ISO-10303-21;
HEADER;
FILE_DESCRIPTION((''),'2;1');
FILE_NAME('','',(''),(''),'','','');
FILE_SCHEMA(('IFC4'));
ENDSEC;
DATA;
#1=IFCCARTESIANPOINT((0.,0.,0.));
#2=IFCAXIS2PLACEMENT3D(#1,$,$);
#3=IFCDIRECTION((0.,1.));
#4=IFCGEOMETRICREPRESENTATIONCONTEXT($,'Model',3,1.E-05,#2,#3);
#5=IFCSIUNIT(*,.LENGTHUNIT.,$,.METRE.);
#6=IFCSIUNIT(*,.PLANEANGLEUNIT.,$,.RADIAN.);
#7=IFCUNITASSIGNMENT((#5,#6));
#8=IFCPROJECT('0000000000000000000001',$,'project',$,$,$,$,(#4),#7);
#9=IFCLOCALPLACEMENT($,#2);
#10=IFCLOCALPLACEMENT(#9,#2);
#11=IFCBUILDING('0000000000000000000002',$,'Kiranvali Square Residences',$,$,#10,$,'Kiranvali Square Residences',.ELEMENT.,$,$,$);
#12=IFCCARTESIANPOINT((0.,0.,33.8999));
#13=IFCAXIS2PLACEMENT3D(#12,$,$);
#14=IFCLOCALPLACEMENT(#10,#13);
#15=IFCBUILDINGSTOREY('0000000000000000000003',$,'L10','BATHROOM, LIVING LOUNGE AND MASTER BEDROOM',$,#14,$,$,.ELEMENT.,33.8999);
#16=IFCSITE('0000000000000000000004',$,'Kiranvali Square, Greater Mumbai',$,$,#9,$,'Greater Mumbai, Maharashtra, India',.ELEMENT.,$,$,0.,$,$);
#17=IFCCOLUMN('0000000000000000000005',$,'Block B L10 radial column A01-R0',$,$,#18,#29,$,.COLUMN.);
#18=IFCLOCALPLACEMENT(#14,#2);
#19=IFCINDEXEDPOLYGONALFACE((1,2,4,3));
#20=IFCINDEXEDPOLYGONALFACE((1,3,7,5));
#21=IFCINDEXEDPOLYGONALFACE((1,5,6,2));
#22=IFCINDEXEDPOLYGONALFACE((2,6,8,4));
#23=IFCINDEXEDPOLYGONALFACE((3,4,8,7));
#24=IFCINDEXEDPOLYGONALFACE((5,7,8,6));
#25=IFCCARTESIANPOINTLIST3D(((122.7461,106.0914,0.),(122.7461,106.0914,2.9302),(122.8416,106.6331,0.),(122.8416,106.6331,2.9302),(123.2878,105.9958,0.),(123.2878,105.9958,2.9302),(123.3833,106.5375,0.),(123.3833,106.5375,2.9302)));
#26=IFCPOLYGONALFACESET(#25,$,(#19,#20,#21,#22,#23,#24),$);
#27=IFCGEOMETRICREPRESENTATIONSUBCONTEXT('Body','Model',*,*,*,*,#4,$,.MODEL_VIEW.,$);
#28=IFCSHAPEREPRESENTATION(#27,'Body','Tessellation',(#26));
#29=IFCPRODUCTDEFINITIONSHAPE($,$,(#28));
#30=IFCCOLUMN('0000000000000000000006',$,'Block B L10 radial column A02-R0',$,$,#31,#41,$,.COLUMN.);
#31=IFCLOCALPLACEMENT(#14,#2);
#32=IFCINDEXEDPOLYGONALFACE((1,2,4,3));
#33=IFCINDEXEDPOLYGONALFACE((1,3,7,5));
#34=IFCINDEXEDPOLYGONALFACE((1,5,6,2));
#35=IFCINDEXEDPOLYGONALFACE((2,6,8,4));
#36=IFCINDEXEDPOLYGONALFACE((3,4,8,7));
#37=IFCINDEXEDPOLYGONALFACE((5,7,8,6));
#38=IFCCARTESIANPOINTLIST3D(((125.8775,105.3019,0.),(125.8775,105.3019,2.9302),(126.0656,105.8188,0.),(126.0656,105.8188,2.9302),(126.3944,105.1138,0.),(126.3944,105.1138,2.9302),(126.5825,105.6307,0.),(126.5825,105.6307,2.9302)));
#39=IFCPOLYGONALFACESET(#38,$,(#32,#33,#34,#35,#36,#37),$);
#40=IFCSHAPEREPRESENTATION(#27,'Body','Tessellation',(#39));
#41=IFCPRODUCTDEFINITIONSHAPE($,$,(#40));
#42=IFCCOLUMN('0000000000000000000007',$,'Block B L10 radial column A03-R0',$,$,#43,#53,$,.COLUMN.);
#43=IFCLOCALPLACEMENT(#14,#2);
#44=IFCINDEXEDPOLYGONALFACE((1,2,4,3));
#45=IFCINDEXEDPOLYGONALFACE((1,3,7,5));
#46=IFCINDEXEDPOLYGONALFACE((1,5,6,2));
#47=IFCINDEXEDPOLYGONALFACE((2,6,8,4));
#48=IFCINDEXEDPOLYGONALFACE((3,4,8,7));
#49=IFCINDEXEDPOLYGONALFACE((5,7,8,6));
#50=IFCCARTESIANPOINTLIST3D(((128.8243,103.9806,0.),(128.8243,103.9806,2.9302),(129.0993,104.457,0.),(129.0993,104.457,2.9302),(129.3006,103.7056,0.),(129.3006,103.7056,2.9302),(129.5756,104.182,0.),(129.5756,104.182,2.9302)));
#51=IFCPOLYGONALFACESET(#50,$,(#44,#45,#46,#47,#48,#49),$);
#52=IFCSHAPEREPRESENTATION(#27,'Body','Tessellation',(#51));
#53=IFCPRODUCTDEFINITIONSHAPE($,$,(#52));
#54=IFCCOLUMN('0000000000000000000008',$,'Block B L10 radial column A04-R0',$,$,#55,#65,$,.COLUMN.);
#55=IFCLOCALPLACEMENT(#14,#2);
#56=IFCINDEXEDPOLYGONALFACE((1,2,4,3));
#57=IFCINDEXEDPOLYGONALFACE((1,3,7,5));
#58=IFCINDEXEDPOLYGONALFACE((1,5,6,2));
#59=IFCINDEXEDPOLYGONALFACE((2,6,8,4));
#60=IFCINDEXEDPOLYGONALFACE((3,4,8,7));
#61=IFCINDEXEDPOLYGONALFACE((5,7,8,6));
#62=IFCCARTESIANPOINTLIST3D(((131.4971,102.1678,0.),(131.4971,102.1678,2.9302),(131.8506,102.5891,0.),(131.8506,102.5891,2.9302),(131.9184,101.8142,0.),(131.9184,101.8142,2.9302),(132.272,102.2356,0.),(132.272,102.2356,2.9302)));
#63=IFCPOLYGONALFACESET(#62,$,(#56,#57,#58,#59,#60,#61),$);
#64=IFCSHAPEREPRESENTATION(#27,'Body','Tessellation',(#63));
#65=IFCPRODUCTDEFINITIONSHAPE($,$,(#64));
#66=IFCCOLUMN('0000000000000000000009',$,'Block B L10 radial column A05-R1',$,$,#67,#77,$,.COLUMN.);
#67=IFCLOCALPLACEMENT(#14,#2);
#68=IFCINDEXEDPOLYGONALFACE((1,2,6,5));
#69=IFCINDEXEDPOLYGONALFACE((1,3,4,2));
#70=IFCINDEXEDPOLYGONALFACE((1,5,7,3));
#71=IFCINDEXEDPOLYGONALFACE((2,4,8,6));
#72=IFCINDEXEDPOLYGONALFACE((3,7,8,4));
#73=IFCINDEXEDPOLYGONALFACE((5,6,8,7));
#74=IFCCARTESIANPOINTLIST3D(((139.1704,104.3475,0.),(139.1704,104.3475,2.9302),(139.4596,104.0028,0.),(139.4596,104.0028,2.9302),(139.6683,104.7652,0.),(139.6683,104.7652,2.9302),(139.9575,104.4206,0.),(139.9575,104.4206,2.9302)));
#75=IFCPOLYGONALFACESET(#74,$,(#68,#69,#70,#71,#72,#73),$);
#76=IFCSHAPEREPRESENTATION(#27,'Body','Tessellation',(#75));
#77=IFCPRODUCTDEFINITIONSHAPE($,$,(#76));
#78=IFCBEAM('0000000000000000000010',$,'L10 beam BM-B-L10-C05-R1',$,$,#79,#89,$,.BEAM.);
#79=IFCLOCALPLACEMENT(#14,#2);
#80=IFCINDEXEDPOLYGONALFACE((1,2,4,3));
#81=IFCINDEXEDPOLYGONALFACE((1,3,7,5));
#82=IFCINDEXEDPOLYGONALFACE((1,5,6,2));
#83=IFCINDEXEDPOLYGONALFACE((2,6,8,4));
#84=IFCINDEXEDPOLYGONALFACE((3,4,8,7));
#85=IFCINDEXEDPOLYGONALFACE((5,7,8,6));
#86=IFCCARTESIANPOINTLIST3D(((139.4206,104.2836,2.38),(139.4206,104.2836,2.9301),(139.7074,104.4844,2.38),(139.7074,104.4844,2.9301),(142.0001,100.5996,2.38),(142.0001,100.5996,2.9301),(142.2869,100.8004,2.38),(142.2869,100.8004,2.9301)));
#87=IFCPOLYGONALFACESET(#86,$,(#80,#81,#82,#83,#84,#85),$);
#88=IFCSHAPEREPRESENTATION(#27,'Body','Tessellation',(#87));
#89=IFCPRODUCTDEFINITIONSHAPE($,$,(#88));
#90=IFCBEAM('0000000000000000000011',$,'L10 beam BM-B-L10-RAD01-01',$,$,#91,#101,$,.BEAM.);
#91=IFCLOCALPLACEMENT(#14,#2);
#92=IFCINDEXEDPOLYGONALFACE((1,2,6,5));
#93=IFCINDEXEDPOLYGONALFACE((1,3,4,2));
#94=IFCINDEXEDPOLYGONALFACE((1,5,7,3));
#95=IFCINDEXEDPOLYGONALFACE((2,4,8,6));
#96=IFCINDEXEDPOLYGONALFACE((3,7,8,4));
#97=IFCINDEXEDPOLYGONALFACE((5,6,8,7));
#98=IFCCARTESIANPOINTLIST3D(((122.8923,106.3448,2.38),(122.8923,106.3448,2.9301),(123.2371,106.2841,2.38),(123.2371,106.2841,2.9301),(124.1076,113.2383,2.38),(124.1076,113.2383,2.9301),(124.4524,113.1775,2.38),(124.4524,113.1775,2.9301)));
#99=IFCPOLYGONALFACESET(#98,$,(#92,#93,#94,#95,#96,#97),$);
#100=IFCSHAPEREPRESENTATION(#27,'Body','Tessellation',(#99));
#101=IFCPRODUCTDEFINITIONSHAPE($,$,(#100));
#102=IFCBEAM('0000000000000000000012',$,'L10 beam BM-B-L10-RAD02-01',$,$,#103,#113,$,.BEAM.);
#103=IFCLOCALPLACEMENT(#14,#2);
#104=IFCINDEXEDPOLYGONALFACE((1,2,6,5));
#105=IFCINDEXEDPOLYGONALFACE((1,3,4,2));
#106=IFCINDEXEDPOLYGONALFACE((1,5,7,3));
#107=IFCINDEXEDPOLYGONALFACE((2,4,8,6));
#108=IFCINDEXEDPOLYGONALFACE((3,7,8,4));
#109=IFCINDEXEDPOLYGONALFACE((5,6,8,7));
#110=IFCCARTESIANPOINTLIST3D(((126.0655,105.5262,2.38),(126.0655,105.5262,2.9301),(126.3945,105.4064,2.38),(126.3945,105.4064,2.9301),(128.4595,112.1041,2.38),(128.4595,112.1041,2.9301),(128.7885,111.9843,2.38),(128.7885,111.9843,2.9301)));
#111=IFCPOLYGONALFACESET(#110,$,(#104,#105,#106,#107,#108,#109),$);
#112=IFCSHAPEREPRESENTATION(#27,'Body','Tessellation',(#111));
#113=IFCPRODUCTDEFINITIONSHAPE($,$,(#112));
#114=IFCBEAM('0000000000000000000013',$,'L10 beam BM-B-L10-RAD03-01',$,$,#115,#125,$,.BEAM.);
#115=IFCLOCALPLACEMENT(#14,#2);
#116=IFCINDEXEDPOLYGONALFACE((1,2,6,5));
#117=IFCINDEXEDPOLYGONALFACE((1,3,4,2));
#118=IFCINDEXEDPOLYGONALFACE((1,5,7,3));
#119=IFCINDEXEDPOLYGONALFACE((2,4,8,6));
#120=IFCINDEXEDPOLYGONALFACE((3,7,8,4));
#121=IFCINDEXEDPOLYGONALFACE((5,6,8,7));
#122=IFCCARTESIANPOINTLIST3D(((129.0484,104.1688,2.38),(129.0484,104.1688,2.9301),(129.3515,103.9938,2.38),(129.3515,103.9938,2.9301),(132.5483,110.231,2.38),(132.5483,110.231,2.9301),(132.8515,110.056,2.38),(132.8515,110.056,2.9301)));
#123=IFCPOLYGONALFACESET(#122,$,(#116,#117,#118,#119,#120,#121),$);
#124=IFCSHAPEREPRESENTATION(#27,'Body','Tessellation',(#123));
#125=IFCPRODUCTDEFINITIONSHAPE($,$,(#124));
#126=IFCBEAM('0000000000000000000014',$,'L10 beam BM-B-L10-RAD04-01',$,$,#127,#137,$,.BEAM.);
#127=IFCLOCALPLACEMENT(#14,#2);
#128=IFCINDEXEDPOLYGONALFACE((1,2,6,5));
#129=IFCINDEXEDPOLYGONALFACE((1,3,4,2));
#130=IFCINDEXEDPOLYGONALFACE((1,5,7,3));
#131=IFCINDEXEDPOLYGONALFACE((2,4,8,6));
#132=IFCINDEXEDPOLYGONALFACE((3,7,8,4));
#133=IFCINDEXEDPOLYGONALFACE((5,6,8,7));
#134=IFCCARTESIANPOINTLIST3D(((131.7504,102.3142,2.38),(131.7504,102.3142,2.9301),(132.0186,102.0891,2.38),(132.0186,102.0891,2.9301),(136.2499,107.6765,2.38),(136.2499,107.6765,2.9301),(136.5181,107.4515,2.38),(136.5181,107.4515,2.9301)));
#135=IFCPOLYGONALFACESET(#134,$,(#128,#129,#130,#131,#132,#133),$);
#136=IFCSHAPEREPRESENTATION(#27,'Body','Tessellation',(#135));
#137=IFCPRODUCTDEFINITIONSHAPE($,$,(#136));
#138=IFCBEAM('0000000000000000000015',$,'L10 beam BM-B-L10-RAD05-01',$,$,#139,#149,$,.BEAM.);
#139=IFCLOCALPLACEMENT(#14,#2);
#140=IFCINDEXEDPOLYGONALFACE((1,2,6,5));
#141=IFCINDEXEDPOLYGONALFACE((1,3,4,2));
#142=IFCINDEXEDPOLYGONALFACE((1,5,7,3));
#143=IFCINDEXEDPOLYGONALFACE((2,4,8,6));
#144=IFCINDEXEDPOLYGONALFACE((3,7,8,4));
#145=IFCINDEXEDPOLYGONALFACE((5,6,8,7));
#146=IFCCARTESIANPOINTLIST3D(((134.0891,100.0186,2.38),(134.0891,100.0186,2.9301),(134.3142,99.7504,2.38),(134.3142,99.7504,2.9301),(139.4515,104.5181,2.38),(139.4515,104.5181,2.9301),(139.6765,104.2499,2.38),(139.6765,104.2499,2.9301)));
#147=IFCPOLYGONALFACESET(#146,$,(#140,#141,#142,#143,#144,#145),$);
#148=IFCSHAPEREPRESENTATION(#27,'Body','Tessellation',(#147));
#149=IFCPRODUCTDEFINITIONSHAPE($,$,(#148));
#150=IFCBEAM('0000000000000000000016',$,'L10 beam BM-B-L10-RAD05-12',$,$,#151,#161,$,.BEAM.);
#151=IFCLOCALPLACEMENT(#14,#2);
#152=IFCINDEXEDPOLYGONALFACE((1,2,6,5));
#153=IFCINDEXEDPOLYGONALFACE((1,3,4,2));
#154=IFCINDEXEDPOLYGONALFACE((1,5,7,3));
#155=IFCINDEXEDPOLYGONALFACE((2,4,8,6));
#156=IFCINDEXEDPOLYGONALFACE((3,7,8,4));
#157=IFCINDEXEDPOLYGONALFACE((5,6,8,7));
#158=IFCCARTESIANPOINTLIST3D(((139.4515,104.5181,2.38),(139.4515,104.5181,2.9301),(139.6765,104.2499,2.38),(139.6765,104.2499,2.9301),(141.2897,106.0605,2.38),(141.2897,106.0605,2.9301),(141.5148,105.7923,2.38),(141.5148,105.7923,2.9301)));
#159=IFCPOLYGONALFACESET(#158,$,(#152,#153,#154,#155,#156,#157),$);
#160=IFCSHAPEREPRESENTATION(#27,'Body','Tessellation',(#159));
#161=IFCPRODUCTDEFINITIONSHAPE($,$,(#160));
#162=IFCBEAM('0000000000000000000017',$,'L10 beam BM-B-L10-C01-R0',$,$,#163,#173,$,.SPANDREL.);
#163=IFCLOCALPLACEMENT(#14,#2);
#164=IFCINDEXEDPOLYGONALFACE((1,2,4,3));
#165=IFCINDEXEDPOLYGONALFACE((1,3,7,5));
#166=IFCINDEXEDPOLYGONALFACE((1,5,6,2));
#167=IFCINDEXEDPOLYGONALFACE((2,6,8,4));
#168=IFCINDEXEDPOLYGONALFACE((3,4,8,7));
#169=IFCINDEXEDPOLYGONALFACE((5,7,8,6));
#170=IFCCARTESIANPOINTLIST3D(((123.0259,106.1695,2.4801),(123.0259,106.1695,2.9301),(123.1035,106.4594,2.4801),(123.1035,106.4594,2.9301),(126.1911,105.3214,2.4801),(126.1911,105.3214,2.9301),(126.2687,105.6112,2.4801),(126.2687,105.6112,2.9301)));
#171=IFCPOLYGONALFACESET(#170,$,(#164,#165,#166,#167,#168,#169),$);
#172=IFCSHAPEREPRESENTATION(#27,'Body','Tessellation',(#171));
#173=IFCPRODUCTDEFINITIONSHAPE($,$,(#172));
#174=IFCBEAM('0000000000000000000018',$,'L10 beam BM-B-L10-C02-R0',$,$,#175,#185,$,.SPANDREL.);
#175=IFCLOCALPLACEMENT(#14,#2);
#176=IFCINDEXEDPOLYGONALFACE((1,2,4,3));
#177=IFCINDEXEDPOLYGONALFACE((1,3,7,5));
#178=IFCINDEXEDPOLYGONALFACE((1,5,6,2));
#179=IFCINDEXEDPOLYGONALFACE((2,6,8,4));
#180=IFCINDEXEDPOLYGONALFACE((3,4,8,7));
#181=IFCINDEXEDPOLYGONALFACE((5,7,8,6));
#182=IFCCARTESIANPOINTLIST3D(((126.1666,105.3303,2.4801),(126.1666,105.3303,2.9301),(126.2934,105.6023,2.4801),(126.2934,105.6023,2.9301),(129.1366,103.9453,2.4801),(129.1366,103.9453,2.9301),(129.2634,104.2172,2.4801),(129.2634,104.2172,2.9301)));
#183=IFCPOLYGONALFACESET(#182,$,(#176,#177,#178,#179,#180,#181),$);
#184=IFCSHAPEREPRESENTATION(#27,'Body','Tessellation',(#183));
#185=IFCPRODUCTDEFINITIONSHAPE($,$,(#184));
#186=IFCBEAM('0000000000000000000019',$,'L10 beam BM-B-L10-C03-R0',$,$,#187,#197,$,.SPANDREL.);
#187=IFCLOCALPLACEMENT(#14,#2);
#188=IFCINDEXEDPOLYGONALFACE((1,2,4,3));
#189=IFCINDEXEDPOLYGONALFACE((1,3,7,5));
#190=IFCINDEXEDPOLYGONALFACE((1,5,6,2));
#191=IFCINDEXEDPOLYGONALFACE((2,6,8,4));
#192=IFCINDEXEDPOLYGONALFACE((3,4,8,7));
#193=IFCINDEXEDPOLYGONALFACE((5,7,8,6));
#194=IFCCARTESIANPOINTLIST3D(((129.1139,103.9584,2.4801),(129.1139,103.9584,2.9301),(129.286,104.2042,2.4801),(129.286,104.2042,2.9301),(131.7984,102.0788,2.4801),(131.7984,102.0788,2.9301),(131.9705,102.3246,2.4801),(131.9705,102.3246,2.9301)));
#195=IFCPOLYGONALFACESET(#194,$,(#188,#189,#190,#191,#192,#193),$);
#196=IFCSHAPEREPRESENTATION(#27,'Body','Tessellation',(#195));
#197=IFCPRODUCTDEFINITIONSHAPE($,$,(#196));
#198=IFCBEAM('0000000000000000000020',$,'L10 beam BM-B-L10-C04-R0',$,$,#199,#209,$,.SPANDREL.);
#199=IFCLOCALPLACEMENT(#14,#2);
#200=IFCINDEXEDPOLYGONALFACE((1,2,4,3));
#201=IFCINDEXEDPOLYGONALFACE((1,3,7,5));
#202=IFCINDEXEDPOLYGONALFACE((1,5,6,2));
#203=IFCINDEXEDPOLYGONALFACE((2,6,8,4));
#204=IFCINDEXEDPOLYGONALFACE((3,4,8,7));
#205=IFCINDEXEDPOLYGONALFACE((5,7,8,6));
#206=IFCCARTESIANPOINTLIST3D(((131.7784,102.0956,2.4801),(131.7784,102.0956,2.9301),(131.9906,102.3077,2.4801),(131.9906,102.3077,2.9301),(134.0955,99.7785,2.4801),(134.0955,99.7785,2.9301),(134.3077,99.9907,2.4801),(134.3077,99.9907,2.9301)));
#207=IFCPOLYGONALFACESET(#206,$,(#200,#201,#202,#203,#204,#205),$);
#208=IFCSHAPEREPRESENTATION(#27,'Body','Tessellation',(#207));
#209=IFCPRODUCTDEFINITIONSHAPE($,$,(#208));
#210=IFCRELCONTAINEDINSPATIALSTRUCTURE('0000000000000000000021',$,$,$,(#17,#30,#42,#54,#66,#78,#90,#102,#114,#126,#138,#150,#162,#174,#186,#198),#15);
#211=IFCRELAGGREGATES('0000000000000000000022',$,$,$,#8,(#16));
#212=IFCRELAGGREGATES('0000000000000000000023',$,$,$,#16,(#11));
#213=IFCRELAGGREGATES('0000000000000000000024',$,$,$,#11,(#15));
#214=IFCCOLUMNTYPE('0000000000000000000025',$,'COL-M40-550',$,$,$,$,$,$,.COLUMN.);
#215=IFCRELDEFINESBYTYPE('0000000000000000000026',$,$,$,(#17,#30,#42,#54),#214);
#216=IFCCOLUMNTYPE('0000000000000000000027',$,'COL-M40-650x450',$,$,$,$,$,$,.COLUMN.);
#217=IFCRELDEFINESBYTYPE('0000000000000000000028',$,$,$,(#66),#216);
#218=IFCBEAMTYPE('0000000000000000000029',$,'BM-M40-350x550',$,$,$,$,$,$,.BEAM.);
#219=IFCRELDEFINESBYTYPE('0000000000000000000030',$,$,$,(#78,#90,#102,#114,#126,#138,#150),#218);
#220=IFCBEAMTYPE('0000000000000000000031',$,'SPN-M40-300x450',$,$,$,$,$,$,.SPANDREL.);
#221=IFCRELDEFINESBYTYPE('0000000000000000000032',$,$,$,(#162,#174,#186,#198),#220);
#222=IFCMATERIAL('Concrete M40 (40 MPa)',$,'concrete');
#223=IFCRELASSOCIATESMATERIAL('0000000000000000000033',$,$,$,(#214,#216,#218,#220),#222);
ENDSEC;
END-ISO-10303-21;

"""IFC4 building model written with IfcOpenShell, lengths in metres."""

from ifc_helpers import new_model, si_unit, direction, frame, origin, origin_2d, place, context, subcontext, project, spatial, rectangle, extrude, material, material_profile, profile_set, type_object, element, save


model = new_model("IFC4")

# Units and contexts
model_context = context("Model", 3, precision=1e-05, world=origin(), true_north=direction((0.0, 1.0)))
body_context = subcontext(model_context, "Body", "Model", "MODEL_VIEW")
ifc_project = project(units=[si_unit("LENGTHUNIT", "METRE"), si_unit("PLANEANGLEUNIT", "RADIAN")], contexts=[model_context])

# Site, building, storey
site_placement = place(None, origin())
site = spatial("IfcSite", under=ifc_project, at=site_placement, Name="Kiranvali Square, Greater Mumbai", LongName="Greater Mumbai, Maharashtra, India", CompositionType="ELEMENT", RefElevation=0.0)
building_placement = place(site_placement, origin())
building = spatial("IfcBuilding", under=site, at=building_placement, Name="Kiranvali Square Residences", LongName="Kiranvali Square Residences", CompositionType="ELEMENT")
storey_placement = place(building_placement, frame((0.0, 0.0, 33.8999)))
storey = spatial("IfcBuildingStorey", under=building, at=storey_placement, Name="L10", Description="BATHROOM, LIVING LOUNGE AND MASTER BEDROOM", CompositionType="ELEMENT", Elevation=33.8999)

# Columns
ifc_material_1 = material(Name="Concrete M40 (40 MPa)", Category="concrete")
ifc_material_profile_1 = material_profile(ifc_material_1, rectangle(XDim=0.55, YDim=0.55, at=origin_2d()), Name="RC 550x550")
ifc_profile_set_1 = profile_set([ifc_material_profile_1], Name="Concrete M40 (40 MPa)")
column_type_1 = type_object("IfcColumnType", Name="COL-M40-550", PredefinedType="COLUMN", material=ifc_profile_set_1)
for number, where, z_axis, x_axis, name in (
    (1, (123.0647, 106.3145, 0.0), (0.0, 0.0, 1.0), (-0.984808, 0.173648, 0.0), "Block B L10 radial column A01-R0"),
    (2, (126.23, 105.4663, 0.0), (0.0, 0.0, 1.0), (-0.939693, 0.34202, 0.0), "Block B L10 radial column A02-R0"),
    (3, (129.2, 104.0813, 0.0), (0.0, 0.0, 1.0), (-0.866025, 0.5, 0.0), "Block B L10 radial column A03-R0"),
    (4, (131.8845, 102.2017, 0.0), (0.0, 0.0, 1.0), (-0.766044, 0.642788, 0.0), "Block B L10 radial column A04-R0"),
):
    element("IfcColumn", number, at=place(storey_placement, frame(where, z_axis=z_axis, x_axis=x_axis)), inside=storey, type_object=column_type_1, Name=name, PredefinedType="COLUMN", context=body_context, shape_type="SweptSolid", body=[
        extrude(rectangle(XDim=0.55, YDim=0.55, at=origin_2d()), origin(), (0.0, 0.0, 1.0), 2.9302),
    ])
ifc_material_profile_2 = material_profile(ifc_material_1, rectangle(XDim=0.45, YDim=0.6499, at=origin_2d()), Name="RC 650x450")
ifc_profile_set_2 = profile_set([ifc_material_profile_2], Name="Concrete M40 (40 MPa)")
column_type_2 = type_object("IfcColumnType", Name="COL-M40-650x450", PredefinedType="COLUMN", material=ifc_profile_set_2)
column_placement = place(storey_placement, frame((139.564, 104.384, 0.0), z_axis=(0.0, 0.0, 1.0), x_axis=(-0.642788, 0.766044, 0.0)))
element("IfcColumn", 5, at=column_placement, inside=storey, type_object=column_type_2, Name="Block B L10 radial column A05-R1", PredefinedType="COLUMN", context=body_context, shape_type="SweptSolid", body=[
    extrude(rectangle(XDim=0.45, YDim=0.6499, at=origin_2d()), origin(), (0.0, 0.0, 1.0), 2.9302),
])

# Beams
ifc_material_profile_3 = material_profile(ifc_material_1, rectangle(XDim=0.3501, YDim=0.55, at=origin_2d()), Name="RC 350x550")
ifc_profile_set_3 = profile_set([ifc_material_profile_3], Name="Concrete M40 (40 MPa)")
beam_type_1 = type_object("IfcBeamType", Name="BM-M40-350x550", PredefinedType="BEAM", material=ifc_profile_set_3)
beam_1_placement = place(storey_placement, frame((139.564, 104.384, 2.655), z_axis=(0.573572, -0.819155, 0.0), x_axis=(0.819155, 0.573572, 0.0)))
element("IfcBeam", 6, at=beam_1_placement, inside=storey, type_object=beam_type_1, Name="L10 beam BM-B-L10-C05-R1", PredefinedType="BEAM", context=body_context, shape_type="SweptSolid", body=[
    extrude(rectangle(XDim=0.3501, YDim=0.55, at=origin_2d()), origin(), (0.0, 0.0, 1.0), 4.4973),
])
beam_2_placement = place(storey_placement, frame((123.0647, 106.3145, 2.655), z_axis=(0.173622, 0.984812, 0.0), x_axis=(-0.984812, 0.173622, 0.0)))
element("IfcBeam", 7, at=beam_2_placement, inside=storey, type_object=beam_type_1, Name="L10 beam BM-B-L10-RAD01-01", PredefinedType="BEAM", context=body_context, shape_type="SweptSolid", body=[
    extrude(rectangle(XDim=0.3501, YDim=0.55, at=origin_2d()), origin(), (0.0, 0.0, 1.0), 6.9998),
])
for number, where, z_axis, x_axis, name in (
    (8, (126.23, 105.4663, 2.655), (0.342006, 0.939698, 0.0), (-0.939698, 0.342006, 0.0), "L10 beam BM-B-L10-RAD02-01"),
    (9, (129.2, 104.0813, 2.655), (0.499995, 0.866028, 0.0), (-0.866028, 0.499995, 0.0), "L10 beam BM-B-L10-RAD03-01"),
    (10, (131.8845, 102.2017, 2.655), (0.642788, 0.766044, 0.0), (-0.766044, 0.642788, 0.0), "L10 beam BM-B-L10-RAD04-01"),
    (11, (134.2017, 99.8845, 2.655), (0.766044, 0.642788, 0.0), (-0.642788, 0.766044, 0.0), "L10 beam BM-B-L10-RAD05-01"),
):
    element("IfcBeam", number, at=place(storey_placement, frame(where, z_axis=z_axis, x_axis=x_axis)), inside=storey, type_object=beam_type_1, Name=name, PredefinedType="BEAM", context=body_context, shape_type="SweptSolid", body=[
        extrude(rectangle(XDim=0.3501, YDim=0.55, at=origin_2d()), origin(), (0.0, 0.0, 1.0), 7.0),
    ])
beam_3_placement = place(storey_placement, frame((139.564, 104.384, 2.655), z_axis=(0.766065, 0.642763, 0.0), x_axis=(-0.642763, 0.766065, 0.0)))
element("IfcBeam", 12, at=beam_3_placement, inside=storey, type_object=beam_type_1, Name="L10 beam BM-B-L10-RAD05-12", PredefinedType="BEAM", context=body_context, shape_type="SweptSolid", body=[
    extrude(rectangle(XDim=0.3501, YDim=0.55, at=origin_2d()), origin(), (0.0, 0.0, 1.0), 2.3997),
])
ifc_material_profile_4 = material_profile(ifc_material_1, rectangle(XDim=0.3, YDim=0.45, at=origin_2d()), Name="RC 300x450")
ifc_profile_set_4 = profile_set([ifc_material_profile_4], Name="Concrete M40 (40 MPa)")
beam_type_2 = type_object("IfcBeamType", Name="SPN-M40-300x450", PredefinedType="SPANDREL", material=ifc_profile_set_4)
beam_4_placement = place(storey_placement, frame((123.0647, 106.3145, 2.7051), z_axis=(0.965925, -0.258822, 0.0), x_axis=(0.258822, 0.965925, 0.0)))
element("IfcBeam", 13, at=beam_4_placement, inside=storey, type_object=beam_type_2, Name="L10 beam BM-B-L10-C01-R0", PredefinedType="SPANDREL", context=body_context, shape_type="SweptSolid", body=[
    extrude(rectangle(XDim=0.3, YDim=0.45, at=origin_2d()), origin(), (0.0, 0.0, 1.0), 3.2769),
])
for number, where, z_axis, x_axis, name in (
    (14, (126.23, 105.4663, 2.7051), (0.906297, -0.422641, 0.0), (0.422641, 0.906297, 0.0), "L10 beam BM-B-L10-C02-R0"),
    (15, (129.2, 104.0813, 2.7051), (0.819169, -0.573552, 0.0), (0.573552, 0.819169, 0.0), "L10 beam BM-B-L10-C03-R0"),
):
    element("IfcBeam", number, at=place(storey_placement, frame(where, z_axis=z_axis, x_axis=x_axis)), inside=storey, type_object=beam_type_2, Name=name, PredefinedType="SPANDREL", context=body_context, shape_type="SweptSolid", body=[
        extrude(rectangle(XDim=0.3, YDim=0.45, at=origin_2d()), origin(), (0.0, 0.0, 1.0), 3.2771),
    ])
beam_5_placement = place(storey_placement, frame((131.8845, 102.2017, 2.7051), z_axis=(0.707107, -0.707107, 0.0), x_axis=(0.707107, 0.707107, 0.0)))
element("IfcBeam", 16, at=beam_5_placement, inside=storey, type_object=beam_type_2, Name="L10 beam BM-B-L10-C04-R0", PredefinedType="SPANDREL", context=body_context, shape_type="SweptSolid", body=[
    extrude(rectangle(XDim=0.3, YDim=0.45, at=origin_2d()), origin(), (0.0, 0.0, 1.0), 3.2769),
])

save(model, "model.ifc")
